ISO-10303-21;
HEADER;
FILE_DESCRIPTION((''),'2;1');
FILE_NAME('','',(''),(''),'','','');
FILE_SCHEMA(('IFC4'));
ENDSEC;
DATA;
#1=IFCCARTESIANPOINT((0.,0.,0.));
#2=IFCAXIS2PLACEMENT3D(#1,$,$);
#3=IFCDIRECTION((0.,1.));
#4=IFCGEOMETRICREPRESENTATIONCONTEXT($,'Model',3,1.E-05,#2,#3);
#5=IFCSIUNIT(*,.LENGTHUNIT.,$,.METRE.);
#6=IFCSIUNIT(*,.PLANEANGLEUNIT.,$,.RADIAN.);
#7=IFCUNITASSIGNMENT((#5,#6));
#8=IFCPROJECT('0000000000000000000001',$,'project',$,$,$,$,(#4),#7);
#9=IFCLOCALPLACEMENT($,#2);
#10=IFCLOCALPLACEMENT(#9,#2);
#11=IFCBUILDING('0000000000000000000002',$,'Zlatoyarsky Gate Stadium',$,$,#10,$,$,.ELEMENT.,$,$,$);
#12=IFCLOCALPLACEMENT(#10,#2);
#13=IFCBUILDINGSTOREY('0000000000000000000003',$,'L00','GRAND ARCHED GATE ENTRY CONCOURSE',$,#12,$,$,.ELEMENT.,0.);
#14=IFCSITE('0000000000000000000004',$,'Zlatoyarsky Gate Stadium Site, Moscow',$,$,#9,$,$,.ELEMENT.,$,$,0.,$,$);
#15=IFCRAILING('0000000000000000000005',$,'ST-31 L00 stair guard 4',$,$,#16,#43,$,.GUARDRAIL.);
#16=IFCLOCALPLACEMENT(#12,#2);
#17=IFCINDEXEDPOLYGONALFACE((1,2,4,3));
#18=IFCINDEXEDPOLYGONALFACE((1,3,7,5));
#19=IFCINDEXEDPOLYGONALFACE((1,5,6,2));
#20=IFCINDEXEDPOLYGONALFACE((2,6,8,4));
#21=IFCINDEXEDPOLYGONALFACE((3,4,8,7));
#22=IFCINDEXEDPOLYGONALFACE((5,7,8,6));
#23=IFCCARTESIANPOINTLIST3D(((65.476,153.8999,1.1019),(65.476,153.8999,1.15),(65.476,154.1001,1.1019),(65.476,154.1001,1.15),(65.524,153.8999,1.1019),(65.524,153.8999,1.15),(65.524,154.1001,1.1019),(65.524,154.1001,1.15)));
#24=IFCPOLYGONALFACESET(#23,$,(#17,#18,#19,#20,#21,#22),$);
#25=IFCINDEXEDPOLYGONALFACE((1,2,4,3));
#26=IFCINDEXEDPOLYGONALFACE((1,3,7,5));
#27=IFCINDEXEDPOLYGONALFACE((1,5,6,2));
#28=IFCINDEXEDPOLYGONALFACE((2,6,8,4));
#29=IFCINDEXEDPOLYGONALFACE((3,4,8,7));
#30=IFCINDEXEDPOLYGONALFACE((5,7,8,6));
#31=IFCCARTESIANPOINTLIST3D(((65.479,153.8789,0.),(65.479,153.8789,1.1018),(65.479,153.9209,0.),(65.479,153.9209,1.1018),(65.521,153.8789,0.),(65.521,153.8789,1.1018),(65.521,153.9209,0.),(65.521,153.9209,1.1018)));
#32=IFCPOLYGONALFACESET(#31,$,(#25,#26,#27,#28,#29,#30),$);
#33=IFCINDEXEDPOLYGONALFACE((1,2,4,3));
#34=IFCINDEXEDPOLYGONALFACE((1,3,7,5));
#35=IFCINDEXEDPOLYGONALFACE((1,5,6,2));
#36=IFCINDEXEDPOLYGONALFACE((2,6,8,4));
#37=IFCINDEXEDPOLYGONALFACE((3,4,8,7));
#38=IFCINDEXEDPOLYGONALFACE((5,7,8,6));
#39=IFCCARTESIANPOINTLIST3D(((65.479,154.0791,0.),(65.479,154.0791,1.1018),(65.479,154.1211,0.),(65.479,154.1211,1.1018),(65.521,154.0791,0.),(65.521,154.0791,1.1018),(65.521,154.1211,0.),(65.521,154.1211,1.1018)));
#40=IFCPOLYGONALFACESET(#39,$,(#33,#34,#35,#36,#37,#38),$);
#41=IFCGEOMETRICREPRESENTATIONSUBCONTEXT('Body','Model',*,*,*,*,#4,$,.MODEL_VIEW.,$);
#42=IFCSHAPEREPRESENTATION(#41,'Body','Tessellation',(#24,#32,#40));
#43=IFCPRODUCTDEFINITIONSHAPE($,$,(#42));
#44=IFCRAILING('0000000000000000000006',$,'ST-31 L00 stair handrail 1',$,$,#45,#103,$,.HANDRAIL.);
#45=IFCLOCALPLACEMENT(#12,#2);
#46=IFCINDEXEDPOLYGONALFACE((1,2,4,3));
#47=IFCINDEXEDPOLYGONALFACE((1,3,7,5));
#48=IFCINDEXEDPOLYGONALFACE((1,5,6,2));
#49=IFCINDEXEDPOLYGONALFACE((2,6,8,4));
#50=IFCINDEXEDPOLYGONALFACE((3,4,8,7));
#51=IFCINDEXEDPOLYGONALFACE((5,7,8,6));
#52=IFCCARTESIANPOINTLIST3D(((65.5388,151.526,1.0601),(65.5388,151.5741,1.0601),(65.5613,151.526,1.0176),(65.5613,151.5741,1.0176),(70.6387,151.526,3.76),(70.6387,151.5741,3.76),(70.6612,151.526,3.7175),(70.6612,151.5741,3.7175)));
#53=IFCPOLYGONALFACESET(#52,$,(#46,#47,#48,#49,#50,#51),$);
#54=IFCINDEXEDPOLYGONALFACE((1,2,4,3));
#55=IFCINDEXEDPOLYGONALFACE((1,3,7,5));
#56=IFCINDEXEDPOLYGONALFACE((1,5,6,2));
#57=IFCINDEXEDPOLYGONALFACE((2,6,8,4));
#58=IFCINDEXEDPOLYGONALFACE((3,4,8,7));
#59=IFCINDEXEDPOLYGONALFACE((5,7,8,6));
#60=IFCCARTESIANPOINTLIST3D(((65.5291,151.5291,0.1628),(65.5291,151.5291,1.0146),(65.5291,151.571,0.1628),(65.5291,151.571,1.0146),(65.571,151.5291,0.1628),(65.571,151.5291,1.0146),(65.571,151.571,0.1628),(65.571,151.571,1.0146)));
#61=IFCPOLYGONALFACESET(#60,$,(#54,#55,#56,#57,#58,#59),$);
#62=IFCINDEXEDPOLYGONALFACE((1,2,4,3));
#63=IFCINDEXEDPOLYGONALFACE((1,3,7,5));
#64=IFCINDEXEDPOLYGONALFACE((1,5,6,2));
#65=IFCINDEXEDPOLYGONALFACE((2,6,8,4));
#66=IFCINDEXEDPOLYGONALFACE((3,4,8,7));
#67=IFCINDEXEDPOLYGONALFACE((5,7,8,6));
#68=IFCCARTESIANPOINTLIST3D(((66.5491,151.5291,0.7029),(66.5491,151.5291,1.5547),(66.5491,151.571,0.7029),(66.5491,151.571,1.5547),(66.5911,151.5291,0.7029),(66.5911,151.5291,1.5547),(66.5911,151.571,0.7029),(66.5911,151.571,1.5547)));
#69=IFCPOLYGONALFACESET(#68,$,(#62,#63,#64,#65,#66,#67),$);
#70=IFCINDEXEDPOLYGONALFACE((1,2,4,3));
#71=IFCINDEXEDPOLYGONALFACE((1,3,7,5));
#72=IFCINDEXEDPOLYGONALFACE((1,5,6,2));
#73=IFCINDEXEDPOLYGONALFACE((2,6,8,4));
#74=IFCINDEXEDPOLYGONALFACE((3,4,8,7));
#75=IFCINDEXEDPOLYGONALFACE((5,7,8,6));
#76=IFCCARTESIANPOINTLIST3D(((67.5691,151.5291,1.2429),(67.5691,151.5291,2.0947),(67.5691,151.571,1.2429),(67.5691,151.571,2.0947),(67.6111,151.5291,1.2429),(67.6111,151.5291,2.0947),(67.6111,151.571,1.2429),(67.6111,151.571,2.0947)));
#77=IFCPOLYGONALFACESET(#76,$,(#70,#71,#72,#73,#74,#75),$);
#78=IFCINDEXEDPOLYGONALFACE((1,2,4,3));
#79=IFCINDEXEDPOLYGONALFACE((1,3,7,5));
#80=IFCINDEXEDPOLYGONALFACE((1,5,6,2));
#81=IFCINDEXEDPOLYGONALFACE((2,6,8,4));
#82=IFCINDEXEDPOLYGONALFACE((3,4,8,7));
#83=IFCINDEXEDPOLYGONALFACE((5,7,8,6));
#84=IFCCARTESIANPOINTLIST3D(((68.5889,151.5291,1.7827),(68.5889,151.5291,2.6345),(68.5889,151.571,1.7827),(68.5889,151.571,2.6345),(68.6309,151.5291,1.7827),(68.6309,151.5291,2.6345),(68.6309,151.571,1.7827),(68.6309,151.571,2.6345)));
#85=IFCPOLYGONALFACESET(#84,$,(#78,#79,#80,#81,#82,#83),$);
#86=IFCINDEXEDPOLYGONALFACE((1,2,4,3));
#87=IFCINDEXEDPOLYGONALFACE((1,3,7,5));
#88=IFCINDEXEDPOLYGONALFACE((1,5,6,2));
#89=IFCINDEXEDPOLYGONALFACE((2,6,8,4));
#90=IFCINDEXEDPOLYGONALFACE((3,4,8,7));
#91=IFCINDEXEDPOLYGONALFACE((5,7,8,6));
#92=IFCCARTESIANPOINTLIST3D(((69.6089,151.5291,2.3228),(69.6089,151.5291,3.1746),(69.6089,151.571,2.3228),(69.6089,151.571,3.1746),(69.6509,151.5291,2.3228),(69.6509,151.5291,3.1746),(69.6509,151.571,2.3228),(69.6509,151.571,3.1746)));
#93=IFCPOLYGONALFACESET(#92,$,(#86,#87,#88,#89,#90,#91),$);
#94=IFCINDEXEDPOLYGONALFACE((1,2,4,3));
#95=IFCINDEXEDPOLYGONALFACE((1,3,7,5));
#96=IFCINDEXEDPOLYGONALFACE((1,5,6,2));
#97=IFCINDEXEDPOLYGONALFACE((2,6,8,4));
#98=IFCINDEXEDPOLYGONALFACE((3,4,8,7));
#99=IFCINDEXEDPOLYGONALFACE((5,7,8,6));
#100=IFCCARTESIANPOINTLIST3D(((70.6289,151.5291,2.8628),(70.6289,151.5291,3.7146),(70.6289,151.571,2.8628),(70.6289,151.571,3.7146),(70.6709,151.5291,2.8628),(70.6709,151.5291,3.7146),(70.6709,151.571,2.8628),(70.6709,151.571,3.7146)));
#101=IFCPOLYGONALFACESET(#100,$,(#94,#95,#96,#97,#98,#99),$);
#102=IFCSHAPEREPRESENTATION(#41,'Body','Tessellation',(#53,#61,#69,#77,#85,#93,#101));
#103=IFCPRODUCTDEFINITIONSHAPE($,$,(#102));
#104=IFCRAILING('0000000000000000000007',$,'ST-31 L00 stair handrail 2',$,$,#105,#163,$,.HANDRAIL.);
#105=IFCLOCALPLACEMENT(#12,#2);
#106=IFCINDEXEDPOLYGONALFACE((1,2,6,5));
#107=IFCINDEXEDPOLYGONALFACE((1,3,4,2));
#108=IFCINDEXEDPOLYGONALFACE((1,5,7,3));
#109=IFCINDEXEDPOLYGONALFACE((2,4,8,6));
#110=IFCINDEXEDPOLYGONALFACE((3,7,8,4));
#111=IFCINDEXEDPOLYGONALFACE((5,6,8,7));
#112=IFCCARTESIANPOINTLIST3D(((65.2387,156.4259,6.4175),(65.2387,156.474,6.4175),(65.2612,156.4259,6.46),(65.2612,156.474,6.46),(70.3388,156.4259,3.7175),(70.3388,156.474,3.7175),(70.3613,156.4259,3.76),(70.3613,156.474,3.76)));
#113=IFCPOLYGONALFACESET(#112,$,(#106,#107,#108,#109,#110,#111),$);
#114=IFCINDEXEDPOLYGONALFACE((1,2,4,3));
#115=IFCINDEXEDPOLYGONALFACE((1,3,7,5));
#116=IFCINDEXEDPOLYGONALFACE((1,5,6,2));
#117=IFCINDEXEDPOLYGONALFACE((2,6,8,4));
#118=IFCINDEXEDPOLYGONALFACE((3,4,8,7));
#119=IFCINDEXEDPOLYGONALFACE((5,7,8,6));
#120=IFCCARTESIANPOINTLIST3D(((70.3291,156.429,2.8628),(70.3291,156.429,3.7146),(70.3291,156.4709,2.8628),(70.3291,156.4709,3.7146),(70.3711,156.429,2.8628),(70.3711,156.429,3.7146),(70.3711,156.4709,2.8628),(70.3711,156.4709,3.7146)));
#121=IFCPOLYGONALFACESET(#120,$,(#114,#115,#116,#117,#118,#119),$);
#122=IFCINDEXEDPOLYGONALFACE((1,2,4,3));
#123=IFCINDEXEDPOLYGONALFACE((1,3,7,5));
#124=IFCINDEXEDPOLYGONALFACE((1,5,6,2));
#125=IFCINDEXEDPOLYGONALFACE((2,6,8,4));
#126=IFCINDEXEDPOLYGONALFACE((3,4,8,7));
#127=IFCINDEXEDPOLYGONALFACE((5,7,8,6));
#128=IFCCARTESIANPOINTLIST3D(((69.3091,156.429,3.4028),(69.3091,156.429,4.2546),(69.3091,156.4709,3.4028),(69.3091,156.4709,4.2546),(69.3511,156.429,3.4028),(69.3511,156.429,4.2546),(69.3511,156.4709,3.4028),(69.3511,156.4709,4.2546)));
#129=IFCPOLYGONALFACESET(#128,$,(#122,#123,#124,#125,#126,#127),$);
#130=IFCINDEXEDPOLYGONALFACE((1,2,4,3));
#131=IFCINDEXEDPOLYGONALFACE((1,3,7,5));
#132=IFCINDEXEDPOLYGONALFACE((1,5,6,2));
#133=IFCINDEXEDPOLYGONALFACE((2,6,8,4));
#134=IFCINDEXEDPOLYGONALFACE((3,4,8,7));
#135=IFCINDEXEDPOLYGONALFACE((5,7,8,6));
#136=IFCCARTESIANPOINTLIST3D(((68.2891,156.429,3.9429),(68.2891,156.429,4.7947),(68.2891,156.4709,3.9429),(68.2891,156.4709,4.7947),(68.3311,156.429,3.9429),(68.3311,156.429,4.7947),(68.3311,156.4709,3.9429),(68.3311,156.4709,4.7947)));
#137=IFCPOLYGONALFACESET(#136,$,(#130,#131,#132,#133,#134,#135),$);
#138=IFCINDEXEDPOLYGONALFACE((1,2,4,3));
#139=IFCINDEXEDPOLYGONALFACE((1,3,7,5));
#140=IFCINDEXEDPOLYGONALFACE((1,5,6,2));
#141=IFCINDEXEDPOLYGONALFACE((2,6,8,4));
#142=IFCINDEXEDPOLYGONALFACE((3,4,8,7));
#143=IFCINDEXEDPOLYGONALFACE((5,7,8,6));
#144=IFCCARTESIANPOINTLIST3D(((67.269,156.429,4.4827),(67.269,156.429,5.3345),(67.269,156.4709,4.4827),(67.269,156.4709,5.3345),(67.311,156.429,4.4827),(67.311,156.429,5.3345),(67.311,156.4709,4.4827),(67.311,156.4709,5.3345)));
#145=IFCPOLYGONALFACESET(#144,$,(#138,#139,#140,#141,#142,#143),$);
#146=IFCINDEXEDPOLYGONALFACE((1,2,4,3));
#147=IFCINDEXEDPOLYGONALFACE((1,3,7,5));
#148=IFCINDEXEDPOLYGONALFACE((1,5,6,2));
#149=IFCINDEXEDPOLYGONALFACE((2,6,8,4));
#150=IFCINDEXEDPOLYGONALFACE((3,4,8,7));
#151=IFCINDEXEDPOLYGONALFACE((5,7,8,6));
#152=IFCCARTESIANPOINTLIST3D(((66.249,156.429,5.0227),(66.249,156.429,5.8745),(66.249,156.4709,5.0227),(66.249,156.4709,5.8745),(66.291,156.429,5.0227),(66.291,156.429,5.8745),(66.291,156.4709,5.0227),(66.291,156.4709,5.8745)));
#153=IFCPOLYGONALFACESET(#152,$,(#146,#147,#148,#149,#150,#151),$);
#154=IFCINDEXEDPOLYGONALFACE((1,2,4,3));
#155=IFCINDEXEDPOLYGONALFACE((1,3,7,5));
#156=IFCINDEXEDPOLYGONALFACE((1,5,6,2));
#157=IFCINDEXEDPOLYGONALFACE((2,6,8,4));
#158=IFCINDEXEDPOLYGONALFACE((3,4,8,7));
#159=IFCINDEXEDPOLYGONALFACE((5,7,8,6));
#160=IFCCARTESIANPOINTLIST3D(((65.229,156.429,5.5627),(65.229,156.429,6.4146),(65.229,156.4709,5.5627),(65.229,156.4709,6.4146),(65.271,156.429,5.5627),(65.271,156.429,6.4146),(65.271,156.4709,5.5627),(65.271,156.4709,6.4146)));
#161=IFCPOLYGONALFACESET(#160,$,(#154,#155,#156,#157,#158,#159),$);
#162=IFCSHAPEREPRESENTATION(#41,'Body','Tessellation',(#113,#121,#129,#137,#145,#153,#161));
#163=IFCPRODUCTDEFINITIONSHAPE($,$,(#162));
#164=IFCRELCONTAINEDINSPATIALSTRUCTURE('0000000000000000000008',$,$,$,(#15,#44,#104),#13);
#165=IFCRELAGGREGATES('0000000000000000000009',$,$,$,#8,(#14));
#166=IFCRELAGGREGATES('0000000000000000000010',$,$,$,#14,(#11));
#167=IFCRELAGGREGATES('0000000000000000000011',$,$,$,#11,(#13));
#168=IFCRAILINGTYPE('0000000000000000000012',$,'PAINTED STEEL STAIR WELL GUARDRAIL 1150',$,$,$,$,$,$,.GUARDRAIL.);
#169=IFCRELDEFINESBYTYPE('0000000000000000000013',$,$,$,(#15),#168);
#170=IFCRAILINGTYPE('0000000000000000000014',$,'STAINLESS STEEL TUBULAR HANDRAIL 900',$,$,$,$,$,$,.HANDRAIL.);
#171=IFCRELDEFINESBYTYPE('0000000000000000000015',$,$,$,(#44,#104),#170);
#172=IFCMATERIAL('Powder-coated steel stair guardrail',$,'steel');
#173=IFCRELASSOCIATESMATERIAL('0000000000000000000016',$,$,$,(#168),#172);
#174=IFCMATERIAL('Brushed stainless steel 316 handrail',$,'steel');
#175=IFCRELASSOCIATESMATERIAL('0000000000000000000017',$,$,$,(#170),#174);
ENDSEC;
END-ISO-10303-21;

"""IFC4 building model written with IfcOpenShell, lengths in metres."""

from ifc_helpers import new_model, si_unit, direction, frame, origin, origin_2d, place, context, subcontext, project, spatial, rectangle, extrude, material, type_object, element, save


model = new_model("IFC4")

# Units and contexts
model_context = context("Model", 3, precision=1e-05, world=origin(), true_north=direction((0.0, 1.0)))
body_context = subcontext(model_context, "Body", "Model", "MODEL_VIEW")
ifc_project = project(units=[si_unit("LENGTHUNIT", "METRE"), si_unit("PLANEANGLEUNIT", "RADIAN")], contexts=[model_context])

# Site, building, storey
site_placement = place(None, origin())
site = spatial("IfcSite", under=ifc_project, at=site_placement, Name="Zlatoyarsky Gate Stadium Site, Moscow", CompositionType="ELEMENT", RefElevation=0.0)
building_placement = place(site_placement, origin())
building = spatial("IfcBuilding", under=site, at=building_placement, Name="Zlatoyarsky Gate Stadium", CompositionType="ELEMENT")
storey_placement = place(building_placement, origin())
storey = spatial("IfcBuildingStorey", under=building, at=storey_placement, Name="L00", Description="GRAND ARCHED GATE ENTRY CONCOURSE", CompositionType="ELEMENT", Elevation=0.0)

# Railings
ifc_material_1 = material(Name="Powder-coated steel stair guardrail", Category="steel")
railing_type_1 = type_object("IfcRailingType", Name="PAINTED STEEL STAIR WELL GUARDRAIL 1150", PredefinedType="GUARDRAIL", material=ifc_material_1)
railing_1_placement = place(storey_placement, frame((65.5, 153.8999, 0.0)))
element("IfcRailing", 1, at=railing_1_placement, inside=storey, type_object=railing_type_1, Name="ST-31 L00 stair guard 4", PredefinedType="GUARDRAIL", context=body_context, shape_type="SweptSolid", body=[
    extrude(rectangle(XDim=0.0481, YDim=0.0481, at=origin_2d()), frame((0.0, 0.0, 1.126), z_axis=(0.0, 1.0, 0.0), x_axis=(-1.0, 0.0, 0.0)), (0.0, 0.0, 1.0), 0.2002),
    extrude(rectangle(XDim=0.042, YDim=0.042, at=origin_2d()), origin(), (0.0, 0.0, 1.0), 1.1018),
    extrude(rectangle(XDim=0.042, YDim=0.042, at=origin_2d()), frame((0.0, 0.2002, 0.0)), (0.0, 0.0, 1.0), 1.1018),
])
ifc_material_2 = material(Name="Brushed stainless steel 316 handrail", Category="steel")
railing_type_2 = type_object("IfcRailingType", Name="STAINLESS STEEL TUBULAR HANDRAIL 900", PredefinedType="HANDRAIL", material=ifc_material_2)
railing_2_placement = place(storey_placement, frame((65.55, 151.55, 0.1628)))
element("IfcRailing", 2, at=railing_2_placement, inside=storey, type_object=railing_type_2, Name="ST-31 L00 stair handrail 1", PredefinedType="HANDRAIL", context=body_context, shape_type="SweptSolid", body=[
    extrude(rectangle(XDim=0.0481, YDim=0.0481, at=origin_2d()), frame((0.0, 0.0, 0.876), z_axis=(0.883786, 0.0, 0.467892), x_axis=(0.0, 1.0, 0.0)), (0.0, 0.0, 1.0), 5.7705),
    extrude(rectangle(XDim=0.042, YDim=0.042, at=origin_2d()), origin(), (0.0, 0.0, 1.0), 0.8518),
    extrude(rectangle(XDim=0.042, YDim=0.042, at=origin_2d()), frame((1.02, 0.0, 0.54)), (0.0, 0.0, 1.0), 0.8518),
    extrude(rectangle(XDim=0.042, YDim=0.042, at=origin_2d()), frame((2.04, 0.0, 1.0801)), (0.0, 0.0, 1.0), 0.8518),
    extrude(rectangle(XDim=0.042, YDim=0.042, at=origin_2d()), frame((3.0598, 0.0, 1.6199)), (0.0, 0.0, 1.0), 0.8518),
    extrude(rectangle(XDim=0.042, YDim=0.042, at=origin_2d()), frame((4.0798, 0.0, 2.1599)), (0.0, 0.0, 1.0), 0.8518),
    extrude(rectangle(XDim=0.042, YDim=0.042, at=origin_2d()), frame((5.0999, 0.0, 2.7)), (0.0, 0.0, 1.0), 0.8518),
])
railing_3_placement = place(storey_placement, frame((70.3501, 156.45, 2.8628)))
element("IfcRailing", 3, at=railing_3_placement, inside=storey, type_object=railing_type_2, Name="ST-31 L00 stair handrail 2", PredefinedType="HANDRAIL", context=body_context, shape_type="SweptSolid", body=[
    extrude(rectangle(XDim=0.0481, YDim=0.0481, at=origin_2d()), frame((0.0, 0.0, 0.876), z_axis=(-0.883795, 0.0, 0.467874), x_axis=(0.0, -1.0, 0.0)), (0.0, 0.0, 1.0), 5.7708),
    extrude(rectangle(XDim=0.042, YDim=0.042, at=origin_2d()), origin(), (0.0, 0.0, 1.0), 0.8518),
    extrude(rectangle(XDim=0.042, YDim=0.042, at=origin_2d()), frame((-1.02, 0.0, 0.54)), (0.0, 0.0, 1.0), 0.8518),
    extrude(rectangle(XDim=0.042, YDim=0.042, at=origin_2d()), frame((-2.04, 0.0, 1.0801)), (0.0, 0.0, 1.0), 0.8518),
    extrude(rectangle(XDim=0.042, YDim=0.042, at=origin_2d()), frame((-3.0601, 0.0, 1.6199)), (0.0, 0.0, 1.0), 0.8518),
    extrude(rectangle(XDim=0.042, YDim=0.042, at=origin_2d()), frame((-4.0801, 0.0, 2.1599)), (0.0, 0.0, 1.0), 0.8518),
    extrude(rectangle(XDim=0.042, YDim=0.042, at=origin_2d()), frame((-5.1001, 0.0, 2.7)), (0.0, 0.0, 1.0), 0.8518),
])

save(model, "model.ifc")
